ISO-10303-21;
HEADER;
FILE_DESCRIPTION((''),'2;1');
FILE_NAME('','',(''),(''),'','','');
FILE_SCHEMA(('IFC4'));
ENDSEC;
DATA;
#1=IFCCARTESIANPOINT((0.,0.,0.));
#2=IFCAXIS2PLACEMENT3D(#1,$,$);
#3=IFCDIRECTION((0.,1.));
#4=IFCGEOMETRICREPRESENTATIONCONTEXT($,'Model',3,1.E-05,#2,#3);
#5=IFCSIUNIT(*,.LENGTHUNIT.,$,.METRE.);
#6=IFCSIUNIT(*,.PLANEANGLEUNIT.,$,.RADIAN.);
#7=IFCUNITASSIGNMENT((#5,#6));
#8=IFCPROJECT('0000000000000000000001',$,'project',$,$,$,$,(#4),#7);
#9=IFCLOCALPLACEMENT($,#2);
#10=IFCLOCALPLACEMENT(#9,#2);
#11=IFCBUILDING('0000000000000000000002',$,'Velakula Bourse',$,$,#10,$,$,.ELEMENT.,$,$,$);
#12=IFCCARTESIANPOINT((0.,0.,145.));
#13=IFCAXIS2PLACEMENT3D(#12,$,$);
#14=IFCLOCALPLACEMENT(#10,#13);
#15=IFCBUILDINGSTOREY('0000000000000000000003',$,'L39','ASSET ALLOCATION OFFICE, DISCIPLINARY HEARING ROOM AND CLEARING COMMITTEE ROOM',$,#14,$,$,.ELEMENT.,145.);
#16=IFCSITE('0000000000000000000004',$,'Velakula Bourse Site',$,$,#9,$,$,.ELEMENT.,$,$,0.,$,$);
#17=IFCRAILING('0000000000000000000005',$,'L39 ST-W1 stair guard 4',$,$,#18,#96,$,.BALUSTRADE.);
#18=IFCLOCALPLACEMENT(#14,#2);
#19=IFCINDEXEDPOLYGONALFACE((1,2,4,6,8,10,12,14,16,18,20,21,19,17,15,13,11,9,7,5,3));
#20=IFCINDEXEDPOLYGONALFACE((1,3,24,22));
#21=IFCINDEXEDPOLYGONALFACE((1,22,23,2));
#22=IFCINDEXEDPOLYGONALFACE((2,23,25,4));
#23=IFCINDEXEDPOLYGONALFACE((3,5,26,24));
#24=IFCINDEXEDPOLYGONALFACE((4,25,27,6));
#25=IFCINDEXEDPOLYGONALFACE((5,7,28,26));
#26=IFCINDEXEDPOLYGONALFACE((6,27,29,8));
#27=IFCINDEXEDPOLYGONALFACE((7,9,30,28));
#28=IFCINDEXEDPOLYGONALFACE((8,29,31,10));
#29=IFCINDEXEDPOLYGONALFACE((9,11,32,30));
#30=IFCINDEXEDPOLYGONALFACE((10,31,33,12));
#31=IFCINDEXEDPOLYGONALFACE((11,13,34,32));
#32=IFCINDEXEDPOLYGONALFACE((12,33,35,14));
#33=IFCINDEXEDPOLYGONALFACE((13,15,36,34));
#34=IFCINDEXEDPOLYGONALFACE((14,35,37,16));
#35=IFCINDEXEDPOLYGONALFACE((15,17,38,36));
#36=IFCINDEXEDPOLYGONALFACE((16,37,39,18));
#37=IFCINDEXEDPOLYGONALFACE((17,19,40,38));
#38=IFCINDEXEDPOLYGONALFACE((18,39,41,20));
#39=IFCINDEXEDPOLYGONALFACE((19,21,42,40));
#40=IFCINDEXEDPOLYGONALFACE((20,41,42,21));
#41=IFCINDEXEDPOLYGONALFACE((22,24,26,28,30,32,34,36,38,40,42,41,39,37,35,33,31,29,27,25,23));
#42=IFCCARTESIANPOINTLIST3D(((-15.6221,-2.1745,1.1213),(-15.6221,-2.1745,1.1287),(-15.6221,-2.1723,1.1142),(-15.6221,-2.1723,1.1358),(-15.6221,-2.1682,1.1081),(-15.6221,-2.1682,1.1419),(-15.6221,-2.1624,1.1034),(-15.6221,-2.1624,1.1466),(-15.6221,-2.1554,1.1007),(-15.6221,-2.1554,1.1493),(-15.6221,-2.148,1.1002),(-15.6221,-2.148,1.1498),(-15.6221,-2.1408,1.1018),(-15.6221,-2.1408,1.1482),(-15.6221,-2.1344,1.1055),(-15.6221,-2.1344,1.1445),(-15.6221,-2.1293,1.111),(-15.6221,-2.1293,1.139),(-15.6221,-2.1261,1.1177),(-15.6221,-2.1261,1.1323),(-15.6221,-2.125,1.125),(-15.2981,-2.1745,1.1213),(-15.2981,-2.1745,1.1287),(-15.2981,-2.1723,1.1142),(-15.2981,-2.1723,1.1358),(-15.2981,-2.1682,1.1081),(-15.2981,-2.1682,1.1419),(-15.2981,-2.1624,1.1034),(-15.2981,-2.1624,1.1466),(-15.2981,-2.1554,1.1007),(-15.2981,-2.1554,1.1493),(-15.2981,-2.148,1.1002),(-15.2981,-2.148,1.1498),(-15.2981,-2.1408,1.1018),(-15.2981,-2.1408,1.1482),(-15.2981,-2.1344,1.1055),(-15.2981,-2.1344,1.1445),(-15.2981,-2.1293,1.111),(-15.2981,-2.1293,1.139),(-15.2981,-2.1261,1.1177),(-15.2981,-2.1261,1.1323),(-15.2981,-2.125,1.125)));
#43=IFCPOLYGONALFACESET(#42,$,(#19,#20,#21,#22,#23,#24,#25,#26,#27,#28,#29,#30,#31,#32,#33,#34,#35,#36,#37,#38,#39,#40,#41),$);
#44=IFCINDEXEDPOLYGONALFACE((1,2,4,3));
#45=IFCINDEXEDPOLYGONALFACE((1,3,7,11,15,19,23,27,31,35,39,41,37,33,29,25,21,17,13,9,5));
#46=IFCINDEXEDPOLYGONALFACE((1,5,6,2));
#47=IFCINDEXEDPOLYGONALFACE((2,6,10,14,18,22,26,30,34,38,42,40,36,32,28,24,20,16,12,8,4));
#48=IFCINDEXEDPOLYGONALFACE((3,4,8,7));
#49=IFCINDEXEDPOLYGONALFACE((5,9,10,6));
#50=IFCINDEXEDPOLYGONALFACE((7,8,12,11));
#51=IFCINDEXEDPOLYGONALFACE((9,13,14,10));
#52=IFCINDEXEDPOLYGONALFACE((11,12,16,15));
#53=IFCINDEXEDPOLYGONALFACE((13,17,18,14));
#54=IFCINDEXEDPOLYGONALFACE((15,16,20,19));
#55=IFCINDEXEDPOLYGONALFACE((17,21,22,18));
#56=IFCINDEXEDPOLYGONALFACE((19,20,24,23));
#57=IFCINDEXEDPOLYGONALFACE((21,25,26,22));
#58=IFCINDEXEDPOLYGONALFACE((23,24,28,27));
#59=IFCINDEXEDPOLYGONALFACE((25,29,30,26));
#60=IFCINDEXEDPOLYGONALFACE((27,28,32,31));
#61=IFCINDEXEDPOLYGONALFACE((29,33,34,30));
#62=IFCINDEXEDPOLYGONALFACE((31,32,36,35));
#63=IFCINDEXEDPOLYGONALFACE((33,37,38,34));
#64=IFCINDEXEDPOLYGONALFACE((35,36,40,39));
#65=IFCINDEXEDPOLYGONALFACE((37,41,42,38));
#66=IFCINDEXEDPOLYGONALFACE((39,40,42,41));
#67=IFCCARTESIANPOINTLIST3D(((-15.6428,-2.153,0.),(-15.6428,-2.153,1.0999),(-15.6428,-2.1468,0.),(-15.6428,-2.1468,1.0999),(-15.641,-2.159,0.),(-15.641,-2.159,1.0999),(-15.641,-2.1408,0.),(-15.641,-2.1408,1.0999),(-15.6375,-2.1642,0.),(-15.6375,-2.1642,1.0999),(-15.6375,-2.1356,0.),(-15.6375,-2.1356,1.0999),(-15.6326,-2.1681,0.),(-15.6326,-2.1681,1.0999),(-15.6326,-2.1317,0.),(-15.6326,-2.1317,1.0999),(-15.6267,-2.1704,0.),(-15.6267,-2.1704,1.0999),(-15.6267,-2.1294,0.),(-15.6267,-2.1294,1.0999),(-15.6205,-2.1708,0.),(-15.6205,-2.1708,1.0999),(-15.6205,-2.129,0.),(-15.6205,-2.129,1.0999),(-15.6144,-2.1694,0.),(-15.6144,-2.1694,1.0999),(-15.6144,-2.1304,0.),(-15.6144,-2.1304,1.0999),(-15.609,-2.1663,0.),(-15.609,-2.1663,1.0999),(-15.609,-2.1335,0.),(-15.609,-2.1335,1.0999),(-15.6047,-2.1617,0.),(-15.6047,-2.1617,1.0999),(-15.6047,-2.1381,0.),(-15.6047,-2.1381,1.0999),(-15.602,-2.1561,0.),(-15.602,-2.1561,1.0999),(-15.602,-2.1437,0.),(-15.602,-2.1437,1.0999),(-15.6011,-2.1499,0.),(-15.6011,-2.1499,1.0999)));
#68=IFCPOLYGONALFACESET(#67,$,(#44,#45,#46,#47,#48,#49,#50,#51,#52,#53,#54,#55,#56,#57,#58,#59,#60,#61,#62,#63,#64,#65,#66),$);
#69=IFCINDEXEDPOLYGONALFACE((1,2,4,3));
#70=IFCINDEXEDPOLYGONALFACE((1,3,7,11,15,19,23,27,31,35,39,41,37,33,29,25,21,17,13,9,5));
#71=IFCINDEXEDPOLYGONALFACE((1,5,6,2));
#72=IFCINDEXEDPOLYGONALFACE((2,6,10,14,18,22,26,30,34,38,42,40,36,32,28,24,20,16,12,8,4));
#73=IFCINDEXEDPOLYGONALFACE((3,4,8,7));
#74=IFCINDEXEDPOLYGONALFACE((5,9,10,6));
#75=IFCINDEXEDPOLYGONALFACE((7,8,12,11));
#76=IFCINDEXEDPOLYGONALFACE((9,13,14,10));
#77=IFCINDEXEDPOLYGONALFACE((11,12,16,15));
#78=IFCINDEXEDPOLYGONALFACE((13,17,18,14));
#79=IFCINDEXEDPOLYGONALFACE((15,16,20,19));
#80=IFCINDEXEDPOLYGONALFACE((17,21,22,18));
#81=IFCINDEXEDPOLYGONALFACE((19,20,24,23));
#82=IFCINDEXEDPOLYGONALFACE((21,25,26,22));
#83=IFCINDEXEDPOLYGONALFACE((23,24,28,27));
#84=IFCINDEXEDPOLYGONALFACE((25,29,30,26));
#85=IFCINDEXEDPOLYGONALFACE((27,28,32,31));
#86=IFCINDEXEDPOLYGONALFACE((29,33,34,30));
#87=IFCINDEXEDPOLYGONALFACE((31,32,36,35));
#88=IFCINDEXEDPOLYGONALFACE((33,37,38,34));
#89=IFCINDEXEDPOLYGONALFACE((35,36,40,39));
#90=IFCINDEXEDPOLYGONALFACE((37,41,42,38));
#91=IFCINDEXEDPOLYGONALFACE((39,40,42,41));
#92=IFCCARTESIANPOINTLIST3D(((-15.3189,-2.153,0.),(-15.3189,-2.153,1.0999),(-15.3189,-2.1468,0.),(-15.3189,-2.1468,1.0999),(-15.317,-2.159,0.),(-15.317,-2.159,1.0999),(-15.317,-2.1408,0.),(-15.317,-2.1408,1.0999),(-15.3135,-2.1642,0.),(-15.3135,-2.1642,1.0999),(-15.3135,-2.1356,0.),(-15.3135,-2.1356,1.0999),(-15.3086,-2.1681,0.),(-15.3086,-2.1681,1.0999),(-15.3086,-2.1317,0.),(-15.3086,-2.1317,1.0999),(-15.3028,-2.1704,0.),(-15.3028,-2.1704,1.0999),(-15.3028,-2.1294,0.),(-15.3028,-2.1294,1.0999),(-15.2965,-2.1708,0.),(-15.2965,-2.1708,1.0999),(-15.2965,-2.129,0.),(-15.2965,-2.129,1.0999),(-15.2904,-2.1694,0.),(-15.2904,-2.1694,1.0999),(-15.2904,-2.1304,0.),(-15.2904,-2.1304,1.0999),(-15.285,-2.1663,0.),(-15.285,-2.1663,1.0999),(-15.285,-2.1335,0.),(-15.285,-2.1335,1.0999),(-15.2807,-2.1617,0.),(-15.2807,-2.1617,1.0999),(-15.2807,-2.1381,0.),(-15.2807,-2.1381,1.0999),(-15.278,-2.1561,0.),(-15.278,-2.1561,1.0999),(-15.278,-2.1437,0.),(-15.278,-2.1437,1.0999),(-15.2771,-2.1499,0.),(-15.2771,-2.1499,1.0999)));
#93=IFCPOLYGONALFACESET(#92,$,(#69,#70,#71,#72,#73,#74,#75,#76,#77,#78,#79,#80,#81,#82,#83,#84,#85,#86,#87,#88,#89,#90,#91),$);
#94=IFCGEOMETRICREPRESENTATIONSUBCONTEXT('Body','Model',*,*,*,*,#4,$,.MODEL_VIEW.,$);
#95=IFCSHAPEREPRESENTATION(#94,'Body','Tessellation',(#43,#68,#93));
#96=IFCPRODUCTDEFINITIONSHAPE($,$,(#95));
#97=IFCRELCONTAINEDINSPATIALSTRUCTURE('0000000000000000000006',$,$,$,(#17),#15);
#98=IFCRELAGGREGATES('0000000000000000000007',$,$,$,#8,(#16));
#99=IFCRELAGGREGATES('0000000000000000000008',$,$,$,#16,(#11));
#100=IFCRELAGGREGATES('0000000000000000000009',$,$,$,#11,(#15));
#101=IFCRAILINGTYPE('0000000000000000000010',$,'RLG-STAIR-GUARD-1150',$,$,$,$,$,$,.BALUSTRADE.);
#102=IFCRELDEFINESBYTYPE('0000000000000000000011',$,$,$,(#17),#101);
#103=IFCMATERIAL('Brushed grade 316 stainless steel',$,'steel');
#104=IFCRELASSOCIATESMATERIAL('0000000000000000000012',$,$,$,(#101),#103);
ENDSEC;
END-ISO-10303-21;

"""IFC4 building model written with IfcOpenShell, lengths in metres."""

from ifc_helpers import new_model, si_unit, direction, frame, origin, origin_2d, place, context, subcontext, project, spatial, circle, extrude, material, type_object, element, save


model = new_model("IFC4")

# Units and contexts
model_context = context("Model", 3, precision=1e-05, world=origin(), true_north=direction((0.0, 1.0)))
body_context = subcontext(model_context, "Body", "Model", "MODEL_VIEW")
ifc_project = project(units=[si_unit("LENGTHUNIT", "METRE"), si_unit("PLANEANGLEUNIT", "RADIAN")], contexts=[model_context])

# Site, building, storey
site_placement = place(None, origin())
site = spatial("IfcSite", under=ifc_project, at=site_placement, Name="Velakula Bourse Site", CompositionType="ELEMENT", RefElevation=0.0)
building_placement = place(site_placement, origin())
building = spatial("IfcBuilding", under=site, at=building_placement, Name="Velakula Bourse", CompositionType="ELEMENT")
storey_placement = place(building_placement, frame((0.0, 0.0, 145.0)))
storey = spatial("IfcBuildingStorey", under=building, at=storey_placement, Name="L39", Description="ASSET ALLOCATION OFFICE, DISCIPLINARY HEARING ROOM AND CLEARING COMMITTEE ROOM", CompositionType="ELEMENT", Elevation=145.0)

# Shared definitions
ifc_material_1 = material(Name="Brushed grade 316 stainless steel", Category="steel")

# Railing
railing_type_1 = type_object("IfcRailingType", Name="RLG-STAIR-GUARD-1150", PredefinedType="BALUSTRADE", material=ifc_material_1)
railing_1_placement = place(storey_placement, frame((-15.6221, -2.1499, 0.0)))
element("IfcRailing", 1, at=railing_1_placement, inside=storey, type_object=railing_type_1, Name="L39 ST-W1 stair guard 4", PredefinedType="BALUSTRADE", context=body_context, shape_type="SweptSolid", body=[
    extrude(circle(Radius=0.0249, at=origin_2d()), frame((0.0, 0.0, 1.125), z_axis=(1.0, 0.0, 0.0), x_axis=(0.0, 1.0, 0.0)), (0.0, 0.0, 1.0), 0.324),
    extrude(circle(Radius=0.021, at=origin_2d()), origin(), (0.0, 0.0, 1.0), 1.0999),
    extrude(circle(Radius=0.021, at=origin_2d()), frame((0.324, 0.0, 0.0)), (0.0, 0.0, 1.0), 1.0999),
])

save(model, "model.ifc")
